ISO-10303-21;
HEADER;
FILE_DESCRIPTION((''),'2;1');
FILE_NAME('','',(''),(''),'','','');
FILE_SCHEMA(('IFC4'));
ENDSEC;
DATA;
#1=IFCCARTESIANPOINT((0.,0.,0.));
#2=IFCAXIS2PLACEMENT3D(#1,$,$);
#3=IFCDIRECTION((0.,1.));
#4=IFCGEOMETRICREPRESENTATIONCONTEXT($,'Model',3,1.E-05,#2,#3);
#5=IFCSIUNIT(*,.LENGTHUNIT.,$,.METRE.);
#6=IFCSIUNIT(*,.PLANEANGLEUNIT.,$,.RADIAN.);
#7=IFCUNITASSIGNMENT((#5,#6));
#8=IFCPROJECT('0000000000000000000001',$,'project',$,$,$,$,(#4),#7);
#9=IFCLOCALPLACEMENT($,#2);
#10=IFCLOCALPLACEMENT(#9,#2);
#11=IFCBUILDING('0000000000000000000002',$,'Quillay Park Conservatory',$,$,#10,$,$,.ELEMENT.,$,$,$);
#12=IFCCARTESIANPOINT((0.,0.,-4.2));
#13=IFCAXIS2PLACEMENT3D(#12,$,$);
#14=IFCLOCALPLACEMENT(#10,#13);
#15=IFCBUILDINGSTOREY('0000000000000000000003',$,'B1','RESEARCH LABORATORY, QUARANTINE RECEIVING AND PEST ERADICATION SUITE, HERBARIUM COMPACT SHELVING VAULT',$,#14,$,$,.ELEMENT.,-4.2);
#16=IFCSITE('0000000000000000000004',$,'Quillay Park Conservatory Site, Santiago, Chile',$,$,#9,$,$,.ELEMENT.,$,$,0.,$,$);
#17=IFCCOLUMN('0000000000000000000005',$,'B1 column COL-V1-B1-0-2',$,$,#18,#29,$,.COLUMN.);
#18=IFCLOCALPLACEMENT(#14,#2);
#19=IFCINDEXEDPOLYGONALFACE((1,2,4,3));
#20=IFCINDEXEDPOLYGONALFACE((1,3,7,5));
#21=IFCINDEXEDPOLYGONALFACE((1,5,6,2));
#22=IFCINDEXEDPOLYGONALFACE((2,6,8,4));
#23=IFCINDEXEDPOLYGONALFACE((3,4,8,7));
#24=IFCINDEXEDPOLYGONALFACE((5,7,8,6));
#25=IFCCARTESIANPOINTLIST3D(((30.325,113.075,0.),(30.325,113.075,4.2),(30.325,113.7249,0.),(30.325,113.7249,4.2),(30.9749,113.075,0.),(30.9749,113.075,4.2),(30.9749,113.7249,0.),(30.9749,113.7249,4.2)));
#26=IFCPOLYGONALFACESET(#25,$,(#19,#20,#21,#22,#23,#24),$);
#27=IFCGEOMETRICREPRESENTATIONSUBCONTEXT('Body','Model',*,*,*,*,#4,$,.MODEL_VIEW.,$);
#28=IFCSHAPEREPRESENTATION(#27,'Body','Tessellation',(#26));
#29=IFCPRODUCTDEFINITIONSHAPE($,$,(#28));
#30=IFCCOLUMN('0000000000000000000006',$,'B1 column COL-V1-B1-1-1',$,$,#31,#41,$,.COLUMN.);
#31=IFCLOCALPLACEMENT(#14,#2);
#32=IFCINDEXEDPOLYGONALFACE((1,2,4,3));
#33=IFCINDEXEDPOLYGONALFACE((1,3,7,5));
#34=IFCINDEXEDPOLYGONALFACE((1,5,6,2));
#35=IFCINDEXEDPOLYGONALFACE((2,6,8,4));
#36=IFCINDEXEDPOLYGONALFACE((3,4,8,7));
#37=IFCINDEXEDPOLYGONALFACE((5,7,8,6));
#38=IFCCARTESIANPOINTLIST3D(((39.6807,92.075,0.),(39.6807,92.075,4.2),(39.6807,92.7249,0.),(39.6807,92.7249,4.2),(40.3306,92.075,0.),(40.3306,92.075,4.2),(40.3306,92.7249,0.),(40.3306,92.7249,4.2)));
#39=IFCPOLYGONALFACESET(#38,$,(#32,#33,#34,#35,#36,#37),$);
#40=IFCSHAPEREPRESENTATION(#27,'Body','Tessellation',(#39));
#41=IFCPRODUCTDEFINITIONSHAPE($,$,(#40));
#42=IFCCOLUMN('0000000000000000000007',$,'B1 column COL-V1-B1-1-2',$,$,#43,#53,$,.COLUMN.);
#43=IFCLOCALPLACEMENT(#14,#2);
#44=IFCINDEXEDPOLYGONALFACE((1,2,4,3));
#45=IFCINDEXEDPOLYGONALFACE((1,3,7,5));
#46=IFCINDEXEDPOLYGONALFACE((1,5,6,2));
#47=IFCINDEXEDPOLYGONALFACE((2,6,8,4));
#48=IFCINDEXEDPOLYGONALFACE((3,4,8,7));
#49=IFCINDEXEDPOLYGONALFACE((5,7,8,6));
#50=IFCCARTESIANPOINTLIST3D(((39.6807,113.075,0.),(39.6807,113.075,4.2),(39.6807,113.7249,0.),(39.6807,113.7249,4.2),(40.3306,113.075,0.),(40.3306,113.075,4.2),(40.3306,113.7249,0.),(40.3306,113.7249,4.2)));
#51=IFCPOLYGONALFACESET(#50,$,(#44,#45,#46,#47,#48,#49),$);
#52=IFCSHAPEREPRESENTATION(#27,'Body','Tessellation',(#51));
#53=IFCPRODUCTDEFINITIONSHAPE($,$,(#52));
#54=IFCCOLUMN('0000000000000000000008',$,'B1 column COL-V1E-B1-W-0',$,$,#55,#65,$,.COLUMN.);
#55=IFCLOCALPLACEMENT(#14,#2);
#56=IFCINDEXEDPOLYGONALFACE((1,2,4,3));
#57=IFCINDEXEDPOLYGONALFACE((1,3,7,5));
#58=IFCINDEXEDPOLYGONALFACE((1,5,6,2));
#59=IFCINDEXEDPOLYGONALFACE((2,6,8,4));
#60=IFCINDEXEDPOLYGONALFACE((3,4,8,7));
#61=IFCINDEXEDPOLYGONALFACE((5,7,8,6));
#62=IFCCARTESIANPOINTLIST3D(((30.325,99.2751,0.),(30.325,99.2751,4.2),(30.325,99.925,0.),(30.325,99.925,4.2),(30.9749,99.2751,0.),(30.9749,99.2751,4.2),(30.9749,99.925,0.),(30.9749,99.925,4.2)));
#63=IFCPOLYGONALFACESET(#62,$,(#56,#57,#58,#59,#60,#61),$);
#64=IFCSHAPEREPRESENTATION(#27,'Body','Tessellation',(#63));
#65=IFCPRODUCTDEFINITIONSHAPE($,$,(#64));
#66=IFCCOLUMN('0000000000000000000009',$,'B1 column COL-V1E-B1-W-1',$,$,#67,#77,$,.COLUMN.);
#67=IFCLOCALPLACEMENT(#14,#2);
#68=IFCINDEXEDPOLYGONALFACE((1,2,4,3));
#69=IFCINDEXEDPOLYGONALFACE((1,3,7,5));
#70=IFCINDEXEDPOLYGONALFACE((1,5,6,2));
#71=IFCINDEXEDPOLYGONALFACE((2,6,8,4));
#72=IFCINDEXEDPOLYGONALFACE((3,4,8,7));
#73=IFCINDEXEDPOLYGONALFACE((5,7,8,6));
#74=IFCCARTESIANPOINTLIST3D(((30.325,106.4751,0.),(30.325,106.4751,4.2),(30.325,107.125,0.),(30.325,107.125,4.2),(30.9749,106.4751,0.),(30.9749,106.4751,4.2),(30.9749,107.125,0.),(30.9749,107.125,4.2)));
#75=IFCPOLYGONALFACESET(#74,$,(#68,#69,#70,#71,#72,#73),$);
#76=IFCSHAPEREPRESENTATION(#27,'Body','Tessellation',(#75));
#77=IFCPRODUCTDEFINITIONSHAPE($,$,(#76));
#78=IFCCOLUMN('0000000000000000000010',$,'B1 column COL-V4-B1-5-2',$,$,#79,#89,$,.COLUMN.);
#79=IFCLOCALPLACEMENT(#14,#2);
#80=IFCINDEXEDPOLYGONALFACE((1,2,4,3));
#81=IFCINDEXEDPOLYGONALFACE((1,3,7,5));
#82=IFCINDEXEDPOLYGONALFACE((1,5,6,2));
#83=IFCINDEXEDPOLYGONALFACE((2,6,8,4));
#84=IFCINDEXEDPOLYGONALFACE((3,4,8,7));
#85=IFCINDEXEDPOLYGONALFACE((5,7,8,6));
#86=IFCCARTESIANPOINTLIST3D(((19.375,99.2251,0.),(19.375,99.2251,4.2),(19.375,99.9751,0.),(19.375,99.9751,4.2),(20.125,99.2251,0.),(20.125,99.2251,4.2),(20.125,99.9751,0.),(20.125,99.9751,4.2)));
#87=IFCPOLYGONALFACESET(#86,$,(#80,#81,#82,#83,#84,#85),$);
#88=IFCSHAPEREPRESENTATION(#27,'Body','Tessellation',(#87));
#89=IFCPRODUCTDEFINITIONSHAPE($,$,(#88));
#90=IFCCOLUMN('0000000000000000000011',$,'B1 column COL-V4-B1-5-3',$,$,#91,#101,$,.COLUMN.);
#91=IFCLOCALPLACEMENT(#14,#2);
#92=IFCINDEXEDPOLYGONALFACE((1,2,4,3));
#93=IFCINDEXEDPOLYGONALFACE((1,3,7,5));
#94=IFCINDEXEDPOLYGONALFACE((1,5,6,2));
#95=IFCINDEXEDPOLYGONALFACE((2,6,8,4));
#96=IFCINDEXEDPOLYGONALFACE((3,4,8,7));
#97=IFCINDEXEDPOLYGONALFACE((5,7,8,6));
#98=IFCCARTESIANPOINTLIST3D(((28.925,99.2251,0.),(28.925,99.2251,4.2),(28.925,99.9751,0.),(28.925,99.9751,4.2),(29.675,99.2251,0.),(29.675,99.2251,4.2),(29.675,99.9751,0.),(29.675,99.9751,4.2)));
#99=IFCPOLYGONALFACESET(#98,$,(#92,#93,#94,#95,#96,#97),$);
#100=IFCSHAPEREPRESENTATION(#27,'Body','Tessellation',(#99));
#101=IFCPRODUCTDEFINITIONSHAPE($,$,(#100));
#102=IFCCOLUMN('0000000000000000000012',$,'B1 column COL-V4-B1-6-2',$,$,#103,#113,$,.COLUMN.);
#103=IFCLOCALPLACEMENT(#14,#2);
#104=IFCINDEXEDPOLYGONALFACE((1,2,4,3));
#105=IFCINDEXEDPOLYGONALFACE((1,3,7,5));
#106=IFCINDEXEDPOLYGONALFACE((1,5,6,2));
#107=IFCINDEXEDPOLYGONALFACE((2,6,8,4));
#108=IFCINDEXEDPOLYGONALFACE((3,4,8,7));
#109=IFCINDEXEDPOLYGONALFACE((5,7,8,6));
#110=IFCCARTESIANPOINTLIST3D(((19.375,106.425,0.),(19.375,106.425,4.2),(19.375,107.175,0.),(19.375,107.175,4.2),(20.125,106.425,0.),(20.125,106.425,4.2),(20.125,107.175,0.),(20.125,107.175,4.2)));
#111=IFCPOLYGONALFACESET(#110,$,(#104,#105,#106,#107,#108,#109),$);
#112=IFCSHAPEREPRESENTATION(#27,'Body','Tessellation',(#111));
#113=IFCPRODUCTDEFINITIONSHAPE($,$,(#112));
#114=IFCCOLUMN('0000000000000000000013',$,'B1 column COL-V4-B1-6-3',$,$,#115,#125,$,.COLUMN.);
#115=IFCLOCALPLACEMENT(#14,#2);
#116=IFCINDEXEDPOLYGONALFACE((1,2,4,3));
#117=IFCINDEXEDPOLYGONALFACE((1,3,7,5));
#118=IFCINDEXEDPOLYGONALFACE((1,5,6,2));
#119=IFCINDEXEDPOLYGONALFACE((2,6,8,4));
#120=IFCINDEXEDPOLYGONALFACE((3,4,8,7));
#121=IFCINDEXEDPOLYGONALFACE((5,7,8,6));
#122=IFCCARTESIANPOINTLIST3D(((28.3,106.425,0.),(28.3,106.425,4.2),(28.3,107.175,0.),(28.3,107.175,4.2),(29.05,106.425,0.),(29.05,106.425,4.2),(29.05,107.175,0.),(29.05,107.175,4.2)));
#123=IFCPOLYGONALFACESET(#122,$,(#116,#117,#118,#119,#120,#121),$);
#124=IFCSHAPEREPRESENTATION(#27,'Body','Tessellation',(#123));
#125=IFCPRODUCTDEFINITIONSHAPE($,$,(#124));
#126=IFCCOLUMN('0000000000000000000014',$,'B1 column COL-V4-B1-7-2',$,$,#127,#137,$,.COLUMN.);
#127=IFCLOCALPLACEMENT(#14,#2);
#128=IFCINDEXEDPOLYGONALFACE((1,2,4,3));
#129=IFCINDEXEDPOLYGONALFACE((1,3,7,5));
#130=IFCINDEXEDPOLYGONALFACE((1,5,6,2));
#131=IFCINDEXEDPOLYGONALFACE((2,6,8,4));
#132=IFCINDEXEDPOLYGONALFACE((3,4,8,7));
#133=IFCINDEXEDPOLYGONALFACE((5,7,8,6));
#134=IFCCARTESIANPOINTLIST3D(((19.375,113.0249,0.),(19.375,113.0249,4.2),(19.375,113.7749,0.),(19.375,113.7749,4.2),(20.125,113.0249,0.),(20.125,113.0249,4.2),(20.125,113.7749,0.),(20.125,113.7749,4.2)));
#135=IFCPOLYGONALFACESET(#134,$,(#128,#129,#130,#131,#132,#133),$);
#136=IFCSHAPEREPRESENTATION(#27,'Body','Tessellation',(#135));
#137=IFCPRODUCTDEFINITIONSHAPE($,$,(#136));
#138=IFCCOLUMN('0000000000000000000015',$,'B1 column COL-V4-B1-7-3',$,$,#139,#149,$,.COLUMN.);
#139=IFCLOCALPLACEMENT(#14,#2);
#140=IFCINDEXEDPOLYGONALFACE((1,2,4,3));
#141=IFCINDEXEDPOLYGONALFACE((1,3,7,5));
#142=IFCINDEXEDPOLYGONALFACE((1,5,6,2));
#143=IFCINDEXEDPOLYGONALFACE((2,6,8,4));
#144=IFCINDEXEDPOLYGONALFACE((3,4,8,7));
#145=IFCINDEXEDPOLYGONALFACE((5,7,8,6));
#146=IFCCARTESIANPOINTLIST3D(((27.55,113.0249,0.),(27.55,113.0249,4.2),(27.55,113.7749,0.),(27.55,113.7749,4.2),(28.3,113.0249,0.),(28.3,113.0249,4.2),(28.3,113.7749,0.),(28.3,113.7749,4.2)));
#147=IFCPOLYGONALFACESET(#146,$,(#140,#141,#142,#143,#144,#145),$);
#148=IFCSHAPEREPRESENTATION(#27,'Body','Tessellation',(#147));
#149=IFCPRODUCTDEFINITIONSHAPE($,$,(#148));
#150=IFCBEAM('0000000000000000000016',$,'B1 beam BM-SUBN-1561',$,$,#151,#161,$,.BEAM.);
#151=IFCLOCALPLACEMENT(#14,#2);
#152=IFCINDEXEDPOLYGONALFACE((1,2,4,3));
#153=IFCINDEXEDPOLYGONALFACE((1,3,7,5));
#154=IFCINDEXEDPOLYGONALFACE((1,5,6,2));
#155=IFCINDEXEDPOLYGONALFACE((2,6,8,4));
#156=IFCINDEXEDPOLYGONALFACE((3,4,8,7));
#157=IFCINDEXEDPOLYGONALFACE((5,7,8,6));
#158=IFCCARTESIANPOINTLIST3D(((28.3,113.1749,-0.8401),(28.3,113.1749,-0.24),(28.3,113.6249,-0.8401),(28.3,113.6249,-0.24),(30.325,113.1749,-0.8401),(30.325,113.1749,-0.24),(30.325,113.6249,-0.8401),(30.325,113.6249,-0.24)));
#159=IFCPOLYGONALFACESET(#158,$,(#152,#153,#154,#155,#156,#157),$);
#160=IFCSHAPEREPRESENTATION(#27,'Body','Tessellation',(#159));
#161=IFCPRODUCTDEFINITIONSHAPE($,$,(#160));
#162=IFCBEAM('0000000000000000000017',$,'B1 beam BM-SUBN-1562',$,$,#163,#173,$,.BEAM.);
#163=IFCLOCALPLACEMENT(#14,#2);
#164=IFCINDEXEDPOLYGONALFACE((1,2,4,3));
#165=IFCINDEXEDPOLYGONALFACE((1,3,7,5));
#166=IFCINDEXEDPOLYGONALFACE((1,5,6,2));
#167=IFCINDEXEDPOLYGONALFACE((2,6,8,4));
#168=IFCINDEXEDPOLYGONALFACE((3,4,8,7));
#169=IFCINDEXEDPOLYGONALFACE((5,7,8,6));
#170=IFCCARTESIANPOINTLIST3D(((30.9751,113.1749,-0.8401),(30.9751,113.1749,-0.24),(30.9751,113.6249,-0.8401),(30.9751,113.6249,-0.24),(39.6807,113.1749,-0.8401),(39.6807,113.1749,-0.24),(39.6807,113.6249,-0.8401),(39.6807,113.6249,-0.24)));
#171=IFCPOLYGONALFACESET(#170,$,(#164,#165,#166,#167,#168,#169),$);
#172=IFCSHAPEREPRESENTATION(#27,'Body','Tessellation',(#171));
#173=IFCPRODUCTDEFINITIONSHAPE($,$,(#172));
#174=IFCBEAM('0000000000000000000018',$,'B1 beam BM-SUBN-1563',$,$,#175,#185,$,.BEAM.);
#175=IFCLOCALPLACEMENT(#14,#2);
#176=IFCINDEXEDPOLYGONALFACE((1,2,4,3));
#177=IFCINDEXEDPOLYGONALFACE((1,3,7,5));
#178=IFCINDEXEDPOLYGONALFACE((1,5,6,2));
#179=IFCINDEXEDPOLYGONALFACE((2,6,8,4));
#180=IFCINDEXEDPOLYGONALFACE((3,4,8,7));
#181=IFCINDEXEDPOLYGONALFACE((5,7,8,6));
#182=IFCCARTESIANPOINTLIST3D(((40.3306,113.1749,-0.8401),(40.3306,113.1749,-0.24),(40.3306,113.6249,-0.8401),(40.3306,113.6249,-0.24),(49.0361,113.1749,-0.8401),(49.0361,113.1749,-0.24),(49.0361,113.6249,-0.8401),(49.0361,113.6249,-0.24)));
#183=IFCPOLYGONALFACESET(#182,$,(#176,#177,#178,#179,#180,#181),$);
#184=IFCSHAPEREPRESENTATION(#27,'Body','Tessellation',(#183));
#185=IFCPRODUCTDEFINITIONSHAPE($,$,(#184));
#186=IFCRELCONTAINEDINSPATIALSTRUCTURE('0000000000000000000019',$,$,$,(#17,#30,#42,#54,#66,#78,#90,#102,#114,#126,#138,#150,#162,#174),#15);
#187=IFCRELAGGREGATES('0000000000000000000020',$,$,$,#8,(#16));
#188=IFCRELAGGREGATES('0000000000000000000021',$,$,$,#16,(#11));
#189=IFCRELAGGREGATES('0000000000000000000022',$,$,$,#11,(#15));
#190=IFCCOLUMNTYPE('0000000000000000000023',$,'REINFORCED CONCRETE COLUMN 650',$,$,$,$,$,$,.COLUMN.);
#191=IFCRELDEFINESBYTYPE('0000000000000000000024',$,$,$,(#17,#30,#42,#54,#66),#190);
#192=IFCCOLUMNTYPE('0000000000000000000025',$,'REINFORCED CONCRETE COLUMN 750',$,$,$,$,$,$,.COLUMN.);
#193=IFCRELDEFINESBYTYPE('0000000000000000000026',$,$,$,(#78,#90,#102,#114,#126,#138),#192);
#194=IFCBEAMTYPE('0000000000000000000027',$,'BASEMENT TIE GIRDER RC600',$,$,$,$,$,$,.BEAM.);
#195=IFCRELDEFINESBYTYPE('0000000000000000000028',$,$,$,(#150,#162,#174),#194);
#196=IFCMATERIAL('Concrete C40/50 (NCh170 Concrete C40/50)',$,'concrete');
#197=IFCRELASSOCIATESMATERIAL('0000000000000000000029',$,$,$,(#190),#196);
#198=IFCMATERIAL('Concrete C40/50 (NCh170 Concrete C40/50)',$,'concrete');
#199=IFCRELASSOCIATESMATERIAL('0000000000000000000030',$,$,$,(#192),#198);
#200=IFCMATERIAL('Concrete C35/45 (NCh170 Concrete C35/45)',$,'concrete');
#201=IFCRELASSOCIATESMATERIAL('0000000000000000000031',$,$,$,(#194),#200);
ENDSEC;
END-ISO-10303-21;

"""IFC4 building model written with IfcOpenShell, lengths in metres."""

from ifc_helpers import new_model, si_unit, direction, frame, origin, origin_2d, place, context, subcontext, project, spatial, rectangle, extrude, material, material_profile, profile_set, type_object, element, save


model = new_model("IFC4")

# Units and contexts
model_context = context("Model", 3, precision=1e-05, world=origin(), true_north=direction((0.0, 1.0)))
body_context = subcontext(model_context, "Body", "Model", "MODEL_VIEW")
ifc_project = project(units=[si_unit("LENGTHUNIT", "METRE"), si_unit("PLANEANGLEUNIT", "RADIAN")], contexts=[model_context])

# Site, building, storey
site_placement = place(None, origin())
site = spatial("IfcSite", under=ifc_project, at=site_placement, Name="Quillay Park Conservatory Site, Santiago, Chile", CompositionType="ELEMENT", RefElevation=0.0)
building_placement = place(site_placement, origin())
building = spatial("IfcBuilding", under=site, at=building_placement, Name="Quillay Park Conservatory", CompositionType="ELEMENT")
storey_placement = place(building_placement, frame((0.0, 0.0, -4.2)))
storey = spatial("IfcBuildingStorey", under=building, at=storey_placement, Name="B1", Description="RESEARCH LABORATORY, QUARANTINE RECEIVING AND PEST ERADICATION SUITE, HERBARIUM COMPACT SHELVING VAULT", CompositionType="ELEMENT", Elevation=-4.2)

# Columns
ifc_material_1 = material(Name="Concrete C40/50 (NCh170 Concrete C40/50)", Category="concrete")
ifc_material_profile_1 = material_profile(ifc_material_1, rectangle(XDim=0.6499, YDim=0.6499, at=origin_2d()), Name="RC650x650")
ifc_profile_set_1 = profile_set([ifc_material_profile_1], Name="Concrete C40/50 (NCh170 Concrete C40/50)")
column_type_1 = type_object("IfcColumnType", Name="REINFORCED CONCRETE COLUMN 650", PredefinedType="COLUMN", material=ifc_profile_set_1)
for number, where, z_axis, x_axis, name in (
    (1, (30.6499, 113.3999, 0.0), (0.0, 0.0, 1.0), (1.0, 0.0, 0.0), "B1 column COL-V1-B1-0-2"),
    (2, (40.0056, 92.3999, 0.0), (0.0, 0.0, 1.0), (1.0, 0.0, 0.0), "B1 column COL-V1-B1-1-1"),
    (3, (40.0056, 113.3999, 0.0), (0.0, 0.0, 1.0), (1.0, 0.0, 0.0), "B1 column COL-V1-B1-1-2"),
    (4, (30.6499, 99.6001, 0.0), (0.0, 0.0, 1.0), (1.0, 0.0, 0.0), "B1 column COL-V1E-B1-W-0"),
    (5, (30.6499, 106.8, 0.0), (0.0, 0.0, 1.0), (1.0, 0.0, 0.0), "B1 column COL-V1E-B1-W-1"),
):
    element("IfcColumn", number, at=place(storey_placement, frame(where, z_axis=z_axis, x_axis=x_axis)), inside=storey, type_object=column_type_1, Name=name, PredefinedType="COLUMN", context=body_context, shape_type="SweptSolid", body=[
        extrude(rectangle(XDim=0.6499, YDim=0.6499, at=origin_2d()), origin(), (0.0, 0.0, 1.0), 4.2),
    ])
ifc_material_2 = material(Name="Concrete C40/50 (NCh170 Concrete C40/50)", Category="concrete")
ifc_material_profile_2 = material_profile(ifc_material_2, rectangle(XDim=0.75, YDim=0.75, at=origin_2d()), Name="RC750x750")
ifc_profile_set_2 = profile_set([ifc_material_profile_2], Name="Concrete C40/50 (NCh170 Concrete C40/50)")
column_type_2 = type_object("IfcColumnType", Name="REINFORCED CONCRETE COLUMN 750", PredefinedType="COLUMN", material=ifc_profile_set_2)
for number, where, z_axis, x_axis, name in (
    (6, (19.75, 99.6001, 0.0), (0.0, 0.0, 1.0), (1.0, 0.0, 0.0), "B1 column COL-V4-B1-5-2"),
    (7, (29.3, 99.6001, 0.0), (0.0, 0.0, 1.0), (1.0, 0.0, 0.0), "B1 column COL-V4-B1-5-3"),
    (8, (19.75, 106.8, 0.0), (0.0, 0.0, 1.0), (1.0, 0.0, 0.0), "B1 column COL-V4-B1-6-2"),
    (9, (28.675, 106.8, 0.0), (0.0, 0.0, 1.0), (1.0, 0.0, 0.0), "B1 column COL-V4-B1-6-3"),
    (10, (19.75, 113.3999, 0.0), (0.0, 0.0, 1.0), (1.0, 0.0, 0.0), "B1 column COL-V4-B1-7-2"),
    (11, (27.925, 113.3999, 0.0), (0.0, 0.0, 1.0), (1.0, 0.0, 0.0), "B1 column COL-V4-B1-7-3"),
):
    element("IfcColumn", number, at=place(storey_placement, frame(where, z_axis=z_axis, x_axis=x_axis)), inside=storey, type_object=column_type_2, Name=name, PredefinedType="COLUMN", context=body_context, shape_type="SweptSolid", body=[
        extrude(rectangle(XDim=0.75, YDim=0.75, at=origin_2d()), origin(), (0.0, 0.0, 1.0), 4.2),
    ])

# Beams
ifc_material_3 = material(Name="Concrete C35/45 (NCh170 Concrete C35/45)", Category="concrete")
ifc_material_profile_3 = material_profile(ifc_material_3, rectangle(XDim=0.45, YDim=0.6001, at=origin_2d()), Name="RC600x450")
ifc_profile_set_3 = profile_set([ifc_material_profile_3], Name="Concrete C35/45 (NCh170 Concrete C35/45)")
beam_type_1 = type_object("IfcBeamType", Name="BASEMENT TIE GIRDER RC600", PredefinedType="BEAM", material=ifc_profile_set_3)
beam_1_placement = place(storey_placement, frame((28.3, 113.3999, -0.54), z_axis=(1.0, 0.0, 0.0), x_axis=(0.0, 1.0, 0.0)))
element("IfcBeam", 12, at=beam_1_placement, inside=storey, type_object=beam_type_1, Name="B1 beam BM-SUBN-1561", PredefinedType="BEAM", context=body_context, shape_type="SweptSolid", body=[
    extrude(rectangle(XDim=0.45, YDim=0.6001, at=origin_2d()), origin(), (0.0, 0.0, 1.0), 2.0249),
])
for number, where, z_axis, x_axis, name in (
    (13, (30.9751, 113.3999, -0.54), (1.0, 0.0, 0.0), (0.0, 1.0, 0.0), "B1 beam BM-SUBN-1562"),
    (14, (40.3306, 113.3999, -0.54), (1.0, 0.0, 0.0), (0.0, 1.0, 0.0), "B1 beam BM-SUBN-1563"),
):
    element("IfcBeam", number, at=place(storey_placement, frame(where, z_axis=z_axis, x_axis=x_axis)), inside=storey, type_object=beam_type_1, Name=name, PredefinedType="BEAM", context=body_context, shape_type="SweptSolid", body=[
        extrude(rectangle(XDim=0.45, YDim=0.6001, at=origin_2d()), origin(), (0.0, 0.0, 1.0), 8.7056),
    ])

save(model, "model.ifc")
